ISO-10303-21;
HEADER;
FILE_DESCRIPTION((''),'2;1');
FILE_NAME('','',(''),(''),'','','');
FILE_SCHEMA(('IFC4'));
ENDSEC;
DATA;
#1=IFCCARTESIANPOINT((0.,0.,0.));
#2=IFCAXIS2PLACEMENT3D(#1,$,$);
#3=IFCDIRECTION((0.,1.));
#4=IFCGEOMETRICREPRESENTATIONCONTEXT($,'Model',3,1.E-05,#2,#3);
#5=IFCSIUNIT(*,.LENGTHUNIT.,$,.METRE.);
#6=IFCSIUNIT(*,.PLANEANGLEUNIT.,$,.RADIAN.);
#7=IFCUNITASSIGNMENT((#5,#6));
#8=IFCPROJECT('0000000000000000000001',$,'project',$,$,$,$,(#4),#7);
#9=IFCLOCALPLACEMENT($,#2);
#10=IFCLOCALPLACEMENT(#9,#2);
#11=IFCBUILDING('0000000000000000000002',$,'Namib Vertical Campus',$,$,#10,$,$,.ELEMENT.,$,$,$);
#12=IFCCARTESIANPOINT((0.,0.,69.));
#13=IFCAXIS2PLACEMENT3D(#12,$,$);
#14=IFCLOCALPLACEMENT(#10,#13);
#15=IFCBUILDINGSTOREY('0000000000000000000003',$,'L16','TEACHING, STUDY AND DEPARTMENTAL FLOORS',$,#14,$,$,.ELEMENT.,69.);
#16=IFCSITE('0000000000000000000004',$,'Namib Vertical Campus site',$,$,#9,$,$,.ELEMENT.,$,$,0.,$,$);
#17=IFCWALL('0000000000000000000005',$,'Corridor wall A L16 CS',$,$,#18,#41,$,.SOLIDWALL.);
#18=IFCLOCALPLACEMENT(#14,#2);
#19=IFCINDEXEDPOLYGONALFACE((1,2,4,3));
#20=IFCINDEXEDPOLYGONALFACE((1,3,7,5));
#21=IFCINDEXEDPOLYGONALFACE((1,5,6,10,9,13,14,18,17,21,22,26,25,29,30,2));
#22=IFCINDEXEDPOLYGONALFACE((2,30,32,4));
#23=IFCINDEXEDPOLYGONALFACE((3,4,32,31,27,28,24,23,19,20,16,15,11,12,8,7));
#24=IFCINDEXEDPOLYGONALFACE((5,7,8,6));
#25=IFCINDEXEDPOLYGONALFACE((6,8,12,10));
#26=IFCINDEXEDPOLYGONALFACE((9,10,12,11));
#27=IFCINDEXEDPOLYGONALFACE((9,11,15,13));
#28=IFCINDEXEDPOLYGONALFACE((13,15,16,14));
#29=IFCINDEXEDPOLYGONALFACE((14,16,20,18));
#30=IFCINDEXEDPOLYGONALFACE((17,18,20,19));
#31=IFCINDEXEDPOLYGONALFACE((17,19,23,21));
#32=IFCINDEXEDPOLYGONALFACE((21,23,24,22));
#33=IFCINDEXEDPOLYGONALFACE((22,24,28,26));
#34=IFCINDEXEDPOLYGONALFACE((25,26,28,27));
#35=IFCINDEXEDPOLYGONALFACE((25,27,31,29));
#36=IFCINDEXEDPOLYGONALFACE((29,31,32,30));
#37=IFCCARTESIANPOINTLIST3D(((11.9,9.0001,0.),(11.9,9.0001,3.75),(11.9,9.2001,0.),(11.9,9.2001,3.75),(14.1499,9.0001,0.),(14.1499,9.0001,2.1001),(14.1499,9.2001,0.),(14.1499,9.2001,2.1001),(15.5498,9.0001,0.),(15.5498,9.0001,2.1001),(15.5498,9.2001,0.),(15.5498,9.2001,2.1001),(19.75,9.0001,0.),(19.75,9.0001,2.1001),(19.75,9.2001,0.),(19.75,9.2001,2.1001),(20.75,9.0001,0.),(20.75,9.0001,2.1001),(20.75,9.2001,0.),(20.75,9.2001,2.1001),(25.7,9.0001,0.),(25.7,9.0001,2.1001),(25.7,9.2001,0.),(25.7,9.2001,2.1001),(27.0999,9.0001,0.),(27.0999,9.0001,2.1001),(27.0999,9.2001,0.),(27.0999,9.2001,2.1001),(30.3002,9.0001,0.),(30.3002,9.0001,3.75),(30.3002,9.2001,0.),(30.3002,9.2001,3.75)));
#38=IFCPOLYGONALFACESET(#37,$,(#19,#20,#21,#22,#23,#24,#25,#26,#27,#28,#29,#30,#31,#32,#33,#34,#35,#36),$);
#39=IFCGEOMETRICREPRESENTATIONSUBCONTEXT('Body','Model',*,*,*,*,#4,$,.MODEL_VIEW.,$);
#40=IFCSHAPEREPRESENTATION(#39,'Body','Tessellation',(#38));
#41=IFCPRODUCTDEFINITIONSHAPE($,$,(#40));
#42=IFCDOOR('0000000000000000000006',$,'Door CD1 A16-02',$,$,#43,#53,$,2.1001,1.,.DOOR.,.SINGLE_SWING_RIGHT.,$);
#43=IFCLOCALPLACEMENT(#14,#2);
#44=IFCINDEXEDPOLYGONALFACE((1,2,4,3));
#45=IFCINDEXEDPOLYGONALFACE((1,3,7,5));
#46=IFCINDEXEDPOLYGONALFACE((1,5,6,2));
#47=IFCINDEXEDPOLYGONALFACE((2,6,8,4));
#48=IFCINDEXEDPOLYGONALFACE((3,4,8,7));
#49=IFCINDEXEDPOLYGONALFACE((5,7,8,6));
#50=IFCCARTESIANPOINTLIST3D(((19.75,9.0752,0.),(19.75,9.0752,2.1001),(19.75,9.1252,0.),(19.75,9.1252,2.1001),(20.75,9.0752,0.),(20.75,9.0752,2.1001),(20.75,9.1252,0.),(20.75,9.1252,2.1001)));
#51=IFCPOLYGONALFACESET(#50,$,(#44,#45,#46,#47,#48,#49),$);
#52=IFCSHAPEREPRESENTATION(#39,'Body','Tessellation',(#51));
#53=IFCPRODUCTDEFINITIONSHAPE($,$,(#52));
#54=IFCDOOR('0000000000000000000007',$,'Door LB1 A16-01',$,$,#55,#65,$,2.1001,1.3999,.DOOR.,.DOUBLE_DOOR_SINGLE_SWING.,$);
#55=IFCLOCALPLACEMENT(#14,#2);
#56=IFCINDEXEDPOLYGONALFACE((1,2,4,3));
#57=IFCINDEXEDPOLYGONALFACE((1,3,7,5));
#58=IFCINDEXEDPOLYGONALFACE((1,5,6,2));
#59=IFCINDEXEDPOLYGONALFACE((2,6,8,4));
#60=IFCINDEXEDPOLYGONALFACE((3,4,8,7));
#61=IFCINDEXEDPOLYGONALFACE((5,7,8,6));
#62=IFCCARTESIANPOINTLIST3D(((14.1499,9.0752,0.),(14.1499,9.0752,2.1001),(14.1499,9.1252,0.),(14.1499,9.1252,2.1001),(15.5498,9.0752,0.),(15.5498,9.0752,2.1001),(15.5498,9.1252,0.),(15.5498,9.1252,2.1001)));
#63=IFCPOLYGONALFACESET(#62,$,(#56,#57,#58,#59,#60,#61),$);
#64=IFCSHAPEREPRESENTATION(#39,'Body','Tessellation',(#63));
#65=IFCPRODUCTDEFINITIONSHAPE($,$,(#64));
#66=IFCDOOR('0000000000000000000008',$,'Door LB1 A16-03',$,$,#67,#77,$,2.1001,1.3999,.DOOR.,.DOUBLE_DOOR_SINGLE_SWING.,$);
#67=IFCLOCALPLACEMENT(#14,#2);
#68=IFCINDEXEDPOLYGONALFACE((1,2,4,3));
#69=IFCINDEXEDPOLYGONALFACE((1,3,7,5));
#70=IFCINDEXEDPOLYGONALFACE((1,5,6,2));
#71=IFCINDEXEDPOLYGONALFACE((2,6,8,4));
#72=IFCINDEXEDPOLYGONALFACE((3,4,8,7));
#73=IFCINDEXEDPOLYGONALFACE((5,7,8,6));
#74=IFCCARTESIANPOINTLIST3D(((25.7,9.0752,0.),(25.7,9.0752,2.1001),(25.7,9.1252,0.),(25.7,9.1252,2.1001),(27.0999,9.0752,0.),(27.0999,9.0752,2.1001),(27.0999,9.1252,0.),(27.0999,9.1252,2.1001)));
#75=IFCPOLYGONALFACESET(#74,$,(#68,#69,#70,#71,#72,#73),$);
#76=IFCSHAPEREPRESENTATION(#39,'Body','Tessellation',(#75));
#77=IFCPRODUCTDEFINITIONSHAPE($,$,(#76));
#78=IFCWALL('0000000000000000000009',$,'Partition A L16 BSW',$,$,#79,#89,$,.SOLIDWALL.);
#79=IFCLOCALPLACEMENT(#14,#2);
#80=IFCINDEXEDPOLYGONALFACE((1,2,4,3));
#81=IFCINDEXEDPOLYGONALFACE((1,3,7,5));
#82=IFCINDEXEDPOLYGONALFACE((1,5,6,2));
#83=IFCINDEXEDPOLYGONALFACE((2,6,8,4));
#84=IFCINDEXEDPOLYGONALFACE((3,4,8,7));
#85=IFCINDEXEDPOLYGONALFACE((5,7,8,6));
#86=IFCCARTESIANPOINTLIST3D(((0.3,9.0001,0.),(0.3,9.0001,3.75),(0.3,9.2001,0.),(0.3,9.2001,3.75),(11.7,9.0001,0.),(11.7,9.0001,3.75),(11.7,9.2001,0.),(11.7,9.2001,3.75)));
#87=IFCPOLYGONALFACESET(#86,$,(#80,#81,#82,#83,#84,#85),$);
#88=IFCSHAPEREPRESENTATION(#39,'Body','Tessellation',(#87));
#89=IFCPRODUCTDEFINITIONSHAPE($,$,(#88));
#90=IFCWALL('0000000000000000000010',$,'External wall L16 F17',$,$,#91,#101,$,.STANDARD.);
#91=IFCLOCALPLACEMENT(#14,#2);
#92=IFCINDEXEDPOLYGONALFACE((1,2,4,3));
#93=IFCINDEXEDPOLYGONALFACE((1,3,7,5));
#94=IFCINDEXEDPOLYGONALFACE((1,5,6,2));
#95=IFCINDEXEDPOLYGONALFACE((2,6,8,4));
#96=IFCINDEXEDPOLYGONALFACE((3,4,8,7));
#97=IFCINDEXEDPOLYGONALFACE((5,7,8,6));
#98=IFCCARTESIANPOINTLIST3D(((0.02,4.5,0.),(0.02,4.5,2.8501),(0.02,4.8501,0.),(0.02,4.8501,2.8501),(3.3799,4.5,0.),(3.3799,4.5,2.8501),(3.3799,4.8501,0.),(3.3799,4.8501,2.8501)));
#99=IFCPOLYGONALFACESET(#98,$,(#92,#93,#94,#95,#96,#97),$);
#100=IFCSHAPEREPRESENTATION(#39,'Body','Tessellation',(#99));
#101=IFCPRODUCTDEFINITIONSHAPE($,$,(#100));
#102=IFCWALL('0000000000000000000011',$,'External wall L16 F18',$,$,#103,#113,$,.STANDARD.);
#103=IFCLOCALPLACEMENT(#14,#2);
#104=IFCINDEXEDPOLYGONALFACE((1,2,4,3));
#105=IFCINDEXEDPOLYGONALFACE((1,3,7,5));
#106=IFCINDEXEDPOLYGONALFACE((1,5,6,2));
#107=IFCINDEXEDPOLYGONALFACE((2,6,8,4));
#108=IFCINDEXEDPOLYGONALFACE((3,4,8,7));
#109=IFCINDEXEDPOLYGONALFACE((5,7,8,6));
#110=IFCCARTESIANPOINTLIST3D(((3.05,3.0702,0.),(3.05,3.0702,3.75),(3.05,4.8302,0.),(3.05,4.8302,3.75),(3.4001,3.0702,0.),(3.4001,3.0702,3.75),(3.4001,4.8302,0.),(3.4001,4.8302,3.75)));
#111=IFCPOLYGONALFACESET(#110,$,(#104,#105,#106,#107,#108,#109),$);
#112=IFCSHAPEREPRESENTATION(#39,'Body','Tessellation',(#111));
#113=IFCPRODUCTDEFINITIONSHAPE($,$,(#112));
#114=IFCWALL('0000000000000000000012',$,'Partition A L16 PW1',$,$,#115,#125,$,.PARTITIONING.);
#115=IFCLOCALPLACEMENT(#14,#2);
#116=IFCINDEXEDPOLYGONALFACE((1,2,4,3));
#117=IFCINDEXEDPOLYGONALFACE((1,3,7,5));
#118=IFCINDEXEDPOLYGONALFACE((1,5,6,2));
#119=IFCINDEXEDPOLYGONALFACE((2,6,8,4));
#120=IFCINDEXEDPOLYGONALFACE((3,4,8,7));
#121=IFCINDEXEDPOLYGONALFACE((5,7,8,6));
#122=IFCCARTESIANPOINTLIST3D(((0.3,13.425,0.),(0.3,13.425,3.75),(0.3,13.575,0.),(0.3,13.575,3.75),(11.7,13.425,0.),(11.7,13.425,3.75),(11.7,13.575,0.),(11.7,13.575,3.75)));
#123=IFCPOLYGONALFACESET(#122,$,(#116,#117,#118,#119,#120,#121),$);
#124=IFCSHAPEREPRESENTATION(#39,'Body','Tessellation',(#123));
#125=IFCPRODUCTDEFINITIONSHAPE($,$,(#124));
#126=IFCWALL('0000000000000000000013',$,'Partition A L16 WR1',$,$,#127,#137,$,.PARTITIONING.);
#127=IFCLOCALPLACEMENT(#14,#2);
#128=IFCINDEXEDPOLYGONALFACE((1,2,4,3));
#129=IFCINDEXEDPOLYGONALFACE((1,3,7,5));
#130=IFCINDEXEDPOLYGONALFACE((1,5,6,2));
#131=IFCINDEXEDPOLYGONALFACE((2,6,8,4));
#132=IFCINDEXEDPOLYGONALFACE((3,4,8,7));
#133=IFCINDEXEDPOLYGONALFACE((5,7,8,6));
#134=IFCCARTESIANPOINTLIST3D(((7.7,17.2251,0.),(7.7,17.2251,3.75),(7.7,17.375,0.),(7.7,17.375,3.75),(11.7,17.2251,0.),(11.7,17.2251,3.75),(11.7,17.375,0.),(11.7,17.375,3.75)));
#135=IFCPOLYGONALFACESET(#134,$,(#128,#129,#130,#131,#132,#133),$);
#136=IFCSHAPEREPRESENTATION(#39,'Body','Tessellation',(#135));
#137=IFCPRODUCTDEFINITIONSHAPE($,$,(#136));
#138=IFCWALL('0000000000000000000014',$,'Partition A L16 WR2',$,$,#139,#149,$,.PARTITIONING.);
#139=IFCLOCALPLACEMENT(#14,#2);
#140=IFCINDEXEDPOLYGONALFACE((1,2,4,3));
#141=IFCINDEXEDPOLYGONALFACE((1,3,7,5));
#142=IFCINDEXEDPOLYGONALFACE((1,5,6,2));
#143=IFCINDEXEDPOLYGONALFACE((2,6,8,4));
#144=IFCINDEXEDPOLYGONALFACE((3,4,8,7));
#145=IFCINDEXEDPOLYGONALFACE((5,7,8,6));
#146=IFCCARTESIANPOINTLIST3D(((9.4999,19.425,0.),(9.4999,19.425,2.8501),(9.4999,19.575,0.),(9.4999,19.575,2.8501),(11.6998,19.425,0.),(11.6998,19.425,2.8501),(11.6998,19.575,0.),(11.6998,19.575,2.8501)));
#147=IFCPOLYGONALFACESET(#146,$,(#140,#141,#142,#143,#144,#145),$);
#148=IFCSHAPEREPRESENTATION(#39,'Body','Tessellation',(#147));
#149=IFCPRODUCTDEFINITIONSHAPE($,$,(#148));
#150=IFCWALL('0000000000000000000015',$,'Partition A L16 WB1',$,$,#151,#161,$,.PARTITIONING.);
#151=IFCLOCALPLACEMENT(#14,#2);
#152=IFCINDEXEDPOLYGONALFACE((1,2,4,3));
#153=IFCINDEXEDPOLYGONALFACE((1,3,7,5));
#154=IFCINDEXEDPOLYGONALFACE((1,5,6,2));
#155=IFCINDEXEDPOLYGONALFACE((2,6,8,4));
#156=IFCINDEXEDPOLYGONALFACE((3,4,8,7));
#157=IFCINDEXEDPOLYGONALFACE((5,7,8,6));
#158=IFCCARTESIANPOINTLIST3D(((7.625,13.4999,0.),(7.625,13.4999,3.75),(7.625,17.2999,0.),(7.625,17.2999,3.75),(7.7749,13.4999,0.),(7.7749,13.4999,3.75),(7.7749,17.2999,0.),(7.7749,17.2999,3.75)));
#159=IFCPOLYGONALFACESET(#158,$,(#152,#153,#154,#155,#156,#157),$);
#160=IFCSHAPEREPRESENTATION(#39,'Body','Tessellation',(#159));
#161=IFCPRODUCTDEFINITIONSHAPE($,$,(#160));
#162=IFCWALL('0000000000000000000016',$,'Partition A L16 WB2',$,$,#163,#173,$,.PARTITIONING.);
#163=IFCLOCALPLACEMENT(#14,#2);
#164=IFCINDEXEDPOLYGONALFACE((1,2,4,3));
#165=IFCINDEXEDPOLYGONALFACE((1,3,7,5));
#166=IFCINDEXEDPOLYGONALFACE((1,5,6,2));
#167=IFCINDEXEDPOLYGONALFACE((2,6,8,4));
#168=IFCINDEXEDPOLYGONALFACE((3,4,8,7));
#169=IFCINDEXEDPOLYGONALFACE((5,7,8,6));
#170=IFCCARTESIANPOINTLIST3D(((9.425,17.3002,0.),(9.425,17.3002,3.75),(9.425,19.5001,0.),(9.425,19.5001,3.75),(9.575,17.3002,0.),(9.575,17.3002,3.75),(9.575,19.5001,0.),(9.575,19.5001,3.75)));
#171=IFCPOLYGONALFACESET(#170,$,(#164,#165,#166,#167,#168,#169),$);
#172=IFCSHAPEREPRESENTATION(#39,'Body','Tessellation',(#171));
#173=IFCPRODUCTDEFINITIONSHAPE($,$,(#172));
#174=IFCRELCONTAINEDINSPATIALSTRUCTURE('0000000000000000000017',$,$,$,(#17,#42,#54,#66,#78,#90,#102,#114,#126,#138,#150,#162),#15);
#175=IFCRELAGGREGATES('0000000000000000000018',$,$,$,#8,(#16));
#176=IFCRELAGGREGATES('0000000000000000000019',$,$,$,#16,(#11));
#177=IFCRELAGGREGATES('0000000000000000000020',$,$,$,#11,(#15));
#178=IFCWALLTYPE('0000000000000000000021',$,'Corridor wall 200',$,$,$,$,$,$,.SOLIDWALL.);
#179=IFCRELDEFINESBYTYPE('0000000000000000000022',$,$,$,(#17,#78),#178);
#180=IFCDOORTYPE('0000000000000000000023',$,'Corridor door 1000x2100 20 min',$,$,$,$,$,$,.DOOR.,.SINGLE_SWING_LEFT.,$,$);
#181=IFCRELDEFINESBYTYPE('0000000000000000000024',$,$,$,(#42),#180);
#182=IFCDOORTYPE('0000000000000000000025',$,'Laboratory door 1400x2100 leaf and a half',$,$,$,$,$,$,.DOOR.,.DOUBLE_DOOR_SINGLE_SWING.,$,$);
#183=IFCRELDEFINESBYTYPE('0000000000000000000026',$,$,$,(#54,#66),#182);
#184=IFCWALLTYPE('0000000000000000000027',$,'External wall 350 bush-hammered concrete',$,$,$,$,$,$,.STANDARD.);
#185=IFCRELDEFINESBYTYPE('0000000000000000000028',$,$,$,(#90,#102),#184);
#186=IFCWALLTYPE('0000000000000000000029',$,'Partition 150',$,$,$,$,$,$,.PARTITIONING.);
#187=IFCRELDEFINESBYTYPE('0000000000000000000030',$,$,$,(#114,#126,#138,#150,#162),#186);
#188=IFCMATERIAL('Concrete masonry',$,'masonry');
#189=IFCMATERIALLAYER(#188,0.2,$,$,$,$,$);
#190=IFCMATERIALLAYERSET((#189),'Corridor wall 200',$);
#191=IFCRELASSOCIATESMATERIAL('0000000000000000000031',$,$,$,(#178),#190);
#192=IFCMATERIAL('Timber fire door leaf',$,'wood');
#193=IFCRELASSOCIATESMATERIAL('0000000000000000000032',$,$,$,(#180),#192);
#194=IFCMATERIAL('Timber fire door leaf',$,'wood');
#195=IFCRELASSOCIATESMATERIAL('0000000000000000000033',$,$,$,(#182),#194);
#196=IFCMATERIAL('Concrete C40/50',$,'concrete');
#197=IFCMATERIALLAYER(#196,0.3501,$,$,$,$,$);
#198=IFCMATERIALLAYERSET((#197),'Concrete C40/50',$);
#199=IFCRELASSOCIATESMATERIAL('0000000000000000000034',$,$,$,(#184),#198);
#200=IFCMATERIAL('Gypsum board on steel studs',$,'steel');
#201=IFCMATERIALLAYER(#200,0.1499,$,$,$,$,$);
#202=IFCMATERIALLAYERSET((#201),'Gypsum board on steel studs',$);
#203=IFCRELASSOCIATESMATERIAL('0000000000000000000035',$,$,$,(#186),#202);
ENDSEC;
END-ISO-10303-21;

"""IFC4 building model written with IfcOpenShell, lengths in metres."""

from ifc_helpers import new_model, si_unit, direction, frame, frame_2d, origin, place, context, subcontext, project, spatial, rectangle, extrude, material, layer, layer_set, type_object, element, fill, save


model = new_model("IFC4")

# Units and contexts
model_context = context("Model", 3, precision=1e-05, world=origin(), true_north=direction((0.0, 1.0)))
body_context = subcontext(model_context, "Body", "Model", "MODEL_VIEW")
ifc_project = project(units=[si_unit("LENGTHUNIT", "METRE"), si_unit("PLANEANGLEUNIT", "RADIAN")], contexts=[model_context])

# Site, building, storey
site_placement = place(None, origin())
site = spatial("IfcSite", under=ifc_project, at=site_placement, Name="Namib Vertical Campus site", CompositionType="ELEMENT", RefElevation=0.0)
building_placement = place(site_placement, origin())
building = spatial("IfcBuilding", under=site, at=building_placement, Name="Namib Vertical Campus", CompositionType="ELEMENT")
storey_placement = place(building_placement, frame((0.0, 0.0, 69.0)))
storey = spatial("IfcBuildingStorey", under=building, at=storey_placement, Name="L16", Description="TEACHING, STUDY AND DEPARTMENTAL FLOORS", CompositionType="ELEMENT", Elevation=69.0)

# Wall, openings, doors
ifc_material_1 = material(Name="Concrete masonry", Category="masonry")
ifc_layer_1 = layer(ifc_material_1, 0.2)
ifc_layer_set_1 = layer_set([ifc_layer_1], Name="Corridor wall 200")
wall_type_1 = type_object("IfcWallType", Name="Corridor wall 200", PredefinedType="SOLIDWALL", material=ifc_layer_set_1)
wall_1_placement = place(storey_placement, frame((11.8999, 9.1001, 0.0), z_axis=(0.0, 0.0, 1.0), x_axis=(1.0, 0.0, 0.0)))
wall_1 = element("IfcWall", 1, at=wall_1_placement, inside=storey, type_object=wall_type_1, Name="Corridor wall A L16 CS", PredefinedType="SOLIDWALL", context=body_context, shape_type="SweptSolid", body=[
    extrude(rectangle(XDim=18.4001, YDim=0.2, at=frame_2d((9.2002, 0.0))), origin(), (0.0, 0.0, 1.0), 3.75),
])
opening_1_placement = place(wall_1_placement, frame((2.25, 0.0, 0.0)))
opening_1 = element("IfcOpeningElement", 2, at=opening_1_placement, cuts=wall_1, PredefinedType="OPENING", context=body_context, shape_type="SweptSolid", body=[
    extrude(rectangle(XDim=1.3999, YDim=2.1001, at=frame_2d((0.7, 1.05))), frame((0.0, 0.1099, 0.0), z_axis=(0.0, -1.0, 0.0), x_axis=(1.0, 0.0, 0.0)), (0.0, 0.0, 1.0), 0.22),
])
opening_2_placement = place(wall_1_placement, frame((7.8501, 0.0, 0.0)))
opening_2 = element("IfcOpeningElement", 3, at=opening_2_placement, cuts=wall_1, PredefinedType="OPENING", context=body_context, shape_type="SweptSolid", body=[
    extrude(rectangle(XDim=1.0, YDim=2.1001, at=frame_2d((0.5, 1.05))), frame((0.0, 0.1099, 0.0), z_axis=(0.0, -1.0, 0.0), x_axis=(1.0, 0.0, 0.0)), (0.0, 0.0, 1.0), 0.22),
])
opening_3_placement = place(wall_1_placement, frame((13.8, 0.0, 0.0)))
opening_3 = element("IfcOpeningElement", 4, at=opening_3_placement, cuts=wall_1, PredefinedType="OPENING", context=body_context, shape_type="SweptSolid", body=[
    extrude(rectangle(XDim=1.3999, YDim=2.1001, at=frame_2d((0.7, 1.05))), frame((0.0, 0.1099, 0.0), z_axis=(0.0, -1.0, 0.0), x_axis=(1.0, 0.0, 0.0)), (0.0, 0.0, 1.0), 0.22),
])
ifc_material_2 = material(Name="Timber fire door leaf", Category="wood")
door_type_1 = type_object("IfcDoorType", Name="Corridor door 1000x2100 20 min", OperationType="SINGLE_SWING_LEFT", PredefinedType="DOOR", material=ifc_material_2)
door_1_placement = place(opening_2_placement, frame((1.0, 0.0, 0.0), z_axis=(0.0, 0.0, 1.0), x_axis=(-1.0, 0.0, 0.0)))
door_1 = element("IfcDoor", 5, at=door_1_placement, inside=storey, type_object=door_type_1, Name="Door CD1 A16-02", OperationType="SINGLE_SWING_RIGHT", OverallHeight=2.1001, OverallWidth=1.0, PredefinedType="DOOR", context=body_context, shape_type="SweptSolid", body=[
    extrude(rectangle(XDim=1.0, YDim=2.1001, at=frame_2d((0.5, 1.05))), frame((0.0, 0.0249, 0.0), z_axis=(0.0, -1.0, 0.0), x_axis=(1.0, 0.0, 0.0)), (0.0, 0.0, 1.0), 0.05),
])
fill(opening_2, door_1)
ifc_material_3 = material(Name="Timber fire door leaf", Category="wood")
door_type_2 = type_object("IfcDoorType", Name="Laboratory door 1400x2100 leaf and a half", OperationType="DOUBLE_DOOR_SINGLE_SWING", PredefinedType="DOOR", material=ifc_material_3)
door_2_placement = place(opening_1_placement, frame((1.3999, 0.0, 0.0), z_axis=(0.0, 0.0, 1.0), x_axis=(-1.0, 0.0, 0.0)))
door_2 = element("IfcDoor", 6, at=door_2_placement, inside=storey, type_object=door_type_2, Name="Door LB1 A16-01", OperationType="DOUBLE_DOOR_SINGLE_SWING", OverallHeight=2.1001, OverallWidth=1.3999, PredefinedType="DOOR", context=body_context, shape_type="SweptSolid", body=[
    extrude(rectangle(XDim=1.3999, YDim=2.1001, at=frame_2d((0.7, 1.05))), frame((0.0, 0.0249, 0.0), z_axis=(0.0, -1.0, 0.0), x_axis=(1.0, 0.0, 0.0)), (0.0, 0.0, 1.0), 0.05),
])
fill(opening_1, door_2)
door_3_placement = place(opening_3_placement, frame((1.3999, 0.0, 0.0), z_axis=(0.0, 0.0, 1.0), x_axis=(-1.0, 0.0, 0.0)))
door_3 = element("IfcDoor", 7, at=door_3_placement, inside=storey, type_object=door_type_2, Name="Door LB1 A16-03", OperationType="DOUBLE_DOOR_SINGLE_SWING", OverallHeight=2.1001, OverallWidth=1.3999, PredefinedType="DOOR", context=body_context, shape_type="SweptSolid", body=[
    extrude(rectangle(XDim=1.3999, YDim=2.1001, at=frame_2d((0.7, 1.05))), frame((0.0, 0.0249, 0.0), z_axis=(0.0, -1.0, 0.0), x_axis=(1.0, 0.0, 0.0)), (0.0, 0.0, 1.0), 0.05),
])
fill(opening_3, door_3)

# Walls
wall_2_placement = place(storey_placement, frame((0.3, 9.1001, 0.0), z_axis=(0.0, 0.0, 1.0), x_axis=(1.0, 0.0, 0.0)))
element("IfcWall", 8, at=wall_2_placement, inside=storey, type_object=wall_type_1, Name="Partition A L16 BSW", PredefinedType="SOLIDWALL", context=body_context, shape_type="SweptSolid", body=[
    extrude(rectangle(XDim=11.3999, YDim=0.2, at=frame_2d((5.7, 0.0))), origin(), (0.0, 0.0, 1.0), 3.75),
])
ifc_material_4 = material(Name="Concrete C40/50", Category="concrete")
ifc_layer_2 = layer(ifc_material_4, 0.3501)
ifc_layer_set_2 = layer_set([ifc_layer_2], Name="Concrete C40/50")
wall_type_2 = type_object("IfcWallType", Name="External wall 350 bush-hammered concrete", PredefinedType="STANDARD", material=ifc_layer_set_2)
wall_3_placement = place(storey_placement, frame((0.02, 4.675, 0.0), z_axis=(0.0, 0.0, 1.0), x_axis=(1.0, 0.0, 0.0)))
element("IfcWall", 9, at=wall_3_placement, inside=storey, type_object=wall_type_2, Name="External wall L16 F17", PredefinedType="STANDARD", context=body_context, shape_type="SweptSolid", body=[
    extrude(rectangle(XDim=3.3599, YDim=0.3501, at=frame_2d((1.6799, 0.0))), origin(), (0.0, 0.0, 1.0), 2.8501),
])
wall_4_placement = place(storey_placement, frame((3.2251, 4.8301, 0.0), z_axis=(0.0, 0.0, 1.0), x_axis=(0.0, -1.0, 0.0)))
element("IfcWall", 10, at=wall_4_placement, inside=storey, type_object=wall_type_2, Name="External wall L16 F18", PredefinedType="STANDARD", context=body_context, shape_type="SweptSolid", body=[
    extrude(rectangle(XDim=1.76, YDim=0.3501, at=frame_2d((0.8799, 0.0))), origin(), (0.0, 0.0, 1.0), 3.75),
])
ifc_material_5 = material(Name="Gypsum board on steel studs", Category="steel")
ifc_layer_3 = layer(ifc_material_5, 0.1499)
ifc_layer_set_3 = layer_set([ifc_layer_3], Name="Gypsum board on steel studs")
wall_type_3 = type_object("IfcWallType", Name="Partition 150", PredefinedType="PARTITIONING", material=ifc_layer_set_3)
wall_5_placement = place(storey_placement, frame((0.3, 13.5, 0.0), z_axis=(0.0, 0.0, 1.0), x_axis=(1.0, 0.0, 0.0)))
element("IfcWall", 11, at=wall_5_placement, inside=storey, type_object=wall_type_3, Name="Partition A L16 PW1", PredefinedType="PARTITIONING", context=body_context, shape_type="SweptSolid", body=[
    extrude(rectangle(XDim=11.3999, YDim=0.1499, at=frame_2d((5.7, 0.0))), origin(), (0.0, 0.0, 1.0), 3.75),
])
wall_6_placement = place(storey_placement, frame((11.7, 17.3, 0.0), z_axis=(0.0, 0.0, 1.0), x_axis=(-1.0, 0.0, 0.0)))
element("IfcWall", 12, at=wall_6_placement, inside=storey, type_object=wall_type_3, Name="Partition A L16 WR1", PredefinedType="PARTITIONING", context=body_context, shape_type="SweptSolid", body=[
    extrude(rectangle(XDim=4.0, YDim=0.1499, at=frame_2d((2.0, 0.0))), origin(), (0.0, 0.0, 1.0), 3.75),
])
wall_7_placement = place(storey_placement, frame((11.7, 19.5, 0.0), z_axis=(0.0, 0.0, 1.0), x_axis=(-1.0, 0.0, 0.0)))
element("IfcWall", 13, at=wall_7_placement, inside=storey, type_object=wall_type_3, Name="Partition A L16 WR2", PredefinedType="PARTITIONING", context=body_context, shape_type="SweptSolid", body=[
    extrude(rectangle(XDim=2.2, YDim=0.1499, at=frame_2d((1.1001, 0.0))), origin(), (0.0, 0.0, 1.0), 2.8501),
])
wall_8_placement = place(storey_placement, frame((7.7, 13.5, 0.0), z_axis=(0.0, 0.0, 1.0), x_axis=(0.0, 1.0, 0.0)))
element("IfcWall", 14, at=wall_8_placement, inside=storey, type_object=wall_type_3, Name="Partition A L16 WB1", PredefinedType="PARTITIONING", context=body_context, shape_type="SweptSolid", body=[
    extrude(rectangle(XDim=3.8, YDim=0.1499, at=frame_2d((1.8999, 0.0))), origin(), (0.0, 0.0, 1.0), 3.75),
])
wall_9_placement = place(storey_placement, frame((9.5, 17.3, 0.0), z_axis=(0.0, 0.0, 1.0), x_axis=(0.0, 1.0, 0.0)))
element("IfcWall", 15, at=wall_9_placement, inside=storey, type_object=wall_type_3, Name="Partition A L16 WB2", PredefinedType="PARTITIONING", context=body_context, shape_type="SweptSolid", body=[
    extrude(rectangle(XDim=2.2, YDim=0.1499, at=frame_2d((1.1001, 0.0))), origin(), (0.0, 0.0, 1.0), 3.75),
])

save(model, "model.ifc")
